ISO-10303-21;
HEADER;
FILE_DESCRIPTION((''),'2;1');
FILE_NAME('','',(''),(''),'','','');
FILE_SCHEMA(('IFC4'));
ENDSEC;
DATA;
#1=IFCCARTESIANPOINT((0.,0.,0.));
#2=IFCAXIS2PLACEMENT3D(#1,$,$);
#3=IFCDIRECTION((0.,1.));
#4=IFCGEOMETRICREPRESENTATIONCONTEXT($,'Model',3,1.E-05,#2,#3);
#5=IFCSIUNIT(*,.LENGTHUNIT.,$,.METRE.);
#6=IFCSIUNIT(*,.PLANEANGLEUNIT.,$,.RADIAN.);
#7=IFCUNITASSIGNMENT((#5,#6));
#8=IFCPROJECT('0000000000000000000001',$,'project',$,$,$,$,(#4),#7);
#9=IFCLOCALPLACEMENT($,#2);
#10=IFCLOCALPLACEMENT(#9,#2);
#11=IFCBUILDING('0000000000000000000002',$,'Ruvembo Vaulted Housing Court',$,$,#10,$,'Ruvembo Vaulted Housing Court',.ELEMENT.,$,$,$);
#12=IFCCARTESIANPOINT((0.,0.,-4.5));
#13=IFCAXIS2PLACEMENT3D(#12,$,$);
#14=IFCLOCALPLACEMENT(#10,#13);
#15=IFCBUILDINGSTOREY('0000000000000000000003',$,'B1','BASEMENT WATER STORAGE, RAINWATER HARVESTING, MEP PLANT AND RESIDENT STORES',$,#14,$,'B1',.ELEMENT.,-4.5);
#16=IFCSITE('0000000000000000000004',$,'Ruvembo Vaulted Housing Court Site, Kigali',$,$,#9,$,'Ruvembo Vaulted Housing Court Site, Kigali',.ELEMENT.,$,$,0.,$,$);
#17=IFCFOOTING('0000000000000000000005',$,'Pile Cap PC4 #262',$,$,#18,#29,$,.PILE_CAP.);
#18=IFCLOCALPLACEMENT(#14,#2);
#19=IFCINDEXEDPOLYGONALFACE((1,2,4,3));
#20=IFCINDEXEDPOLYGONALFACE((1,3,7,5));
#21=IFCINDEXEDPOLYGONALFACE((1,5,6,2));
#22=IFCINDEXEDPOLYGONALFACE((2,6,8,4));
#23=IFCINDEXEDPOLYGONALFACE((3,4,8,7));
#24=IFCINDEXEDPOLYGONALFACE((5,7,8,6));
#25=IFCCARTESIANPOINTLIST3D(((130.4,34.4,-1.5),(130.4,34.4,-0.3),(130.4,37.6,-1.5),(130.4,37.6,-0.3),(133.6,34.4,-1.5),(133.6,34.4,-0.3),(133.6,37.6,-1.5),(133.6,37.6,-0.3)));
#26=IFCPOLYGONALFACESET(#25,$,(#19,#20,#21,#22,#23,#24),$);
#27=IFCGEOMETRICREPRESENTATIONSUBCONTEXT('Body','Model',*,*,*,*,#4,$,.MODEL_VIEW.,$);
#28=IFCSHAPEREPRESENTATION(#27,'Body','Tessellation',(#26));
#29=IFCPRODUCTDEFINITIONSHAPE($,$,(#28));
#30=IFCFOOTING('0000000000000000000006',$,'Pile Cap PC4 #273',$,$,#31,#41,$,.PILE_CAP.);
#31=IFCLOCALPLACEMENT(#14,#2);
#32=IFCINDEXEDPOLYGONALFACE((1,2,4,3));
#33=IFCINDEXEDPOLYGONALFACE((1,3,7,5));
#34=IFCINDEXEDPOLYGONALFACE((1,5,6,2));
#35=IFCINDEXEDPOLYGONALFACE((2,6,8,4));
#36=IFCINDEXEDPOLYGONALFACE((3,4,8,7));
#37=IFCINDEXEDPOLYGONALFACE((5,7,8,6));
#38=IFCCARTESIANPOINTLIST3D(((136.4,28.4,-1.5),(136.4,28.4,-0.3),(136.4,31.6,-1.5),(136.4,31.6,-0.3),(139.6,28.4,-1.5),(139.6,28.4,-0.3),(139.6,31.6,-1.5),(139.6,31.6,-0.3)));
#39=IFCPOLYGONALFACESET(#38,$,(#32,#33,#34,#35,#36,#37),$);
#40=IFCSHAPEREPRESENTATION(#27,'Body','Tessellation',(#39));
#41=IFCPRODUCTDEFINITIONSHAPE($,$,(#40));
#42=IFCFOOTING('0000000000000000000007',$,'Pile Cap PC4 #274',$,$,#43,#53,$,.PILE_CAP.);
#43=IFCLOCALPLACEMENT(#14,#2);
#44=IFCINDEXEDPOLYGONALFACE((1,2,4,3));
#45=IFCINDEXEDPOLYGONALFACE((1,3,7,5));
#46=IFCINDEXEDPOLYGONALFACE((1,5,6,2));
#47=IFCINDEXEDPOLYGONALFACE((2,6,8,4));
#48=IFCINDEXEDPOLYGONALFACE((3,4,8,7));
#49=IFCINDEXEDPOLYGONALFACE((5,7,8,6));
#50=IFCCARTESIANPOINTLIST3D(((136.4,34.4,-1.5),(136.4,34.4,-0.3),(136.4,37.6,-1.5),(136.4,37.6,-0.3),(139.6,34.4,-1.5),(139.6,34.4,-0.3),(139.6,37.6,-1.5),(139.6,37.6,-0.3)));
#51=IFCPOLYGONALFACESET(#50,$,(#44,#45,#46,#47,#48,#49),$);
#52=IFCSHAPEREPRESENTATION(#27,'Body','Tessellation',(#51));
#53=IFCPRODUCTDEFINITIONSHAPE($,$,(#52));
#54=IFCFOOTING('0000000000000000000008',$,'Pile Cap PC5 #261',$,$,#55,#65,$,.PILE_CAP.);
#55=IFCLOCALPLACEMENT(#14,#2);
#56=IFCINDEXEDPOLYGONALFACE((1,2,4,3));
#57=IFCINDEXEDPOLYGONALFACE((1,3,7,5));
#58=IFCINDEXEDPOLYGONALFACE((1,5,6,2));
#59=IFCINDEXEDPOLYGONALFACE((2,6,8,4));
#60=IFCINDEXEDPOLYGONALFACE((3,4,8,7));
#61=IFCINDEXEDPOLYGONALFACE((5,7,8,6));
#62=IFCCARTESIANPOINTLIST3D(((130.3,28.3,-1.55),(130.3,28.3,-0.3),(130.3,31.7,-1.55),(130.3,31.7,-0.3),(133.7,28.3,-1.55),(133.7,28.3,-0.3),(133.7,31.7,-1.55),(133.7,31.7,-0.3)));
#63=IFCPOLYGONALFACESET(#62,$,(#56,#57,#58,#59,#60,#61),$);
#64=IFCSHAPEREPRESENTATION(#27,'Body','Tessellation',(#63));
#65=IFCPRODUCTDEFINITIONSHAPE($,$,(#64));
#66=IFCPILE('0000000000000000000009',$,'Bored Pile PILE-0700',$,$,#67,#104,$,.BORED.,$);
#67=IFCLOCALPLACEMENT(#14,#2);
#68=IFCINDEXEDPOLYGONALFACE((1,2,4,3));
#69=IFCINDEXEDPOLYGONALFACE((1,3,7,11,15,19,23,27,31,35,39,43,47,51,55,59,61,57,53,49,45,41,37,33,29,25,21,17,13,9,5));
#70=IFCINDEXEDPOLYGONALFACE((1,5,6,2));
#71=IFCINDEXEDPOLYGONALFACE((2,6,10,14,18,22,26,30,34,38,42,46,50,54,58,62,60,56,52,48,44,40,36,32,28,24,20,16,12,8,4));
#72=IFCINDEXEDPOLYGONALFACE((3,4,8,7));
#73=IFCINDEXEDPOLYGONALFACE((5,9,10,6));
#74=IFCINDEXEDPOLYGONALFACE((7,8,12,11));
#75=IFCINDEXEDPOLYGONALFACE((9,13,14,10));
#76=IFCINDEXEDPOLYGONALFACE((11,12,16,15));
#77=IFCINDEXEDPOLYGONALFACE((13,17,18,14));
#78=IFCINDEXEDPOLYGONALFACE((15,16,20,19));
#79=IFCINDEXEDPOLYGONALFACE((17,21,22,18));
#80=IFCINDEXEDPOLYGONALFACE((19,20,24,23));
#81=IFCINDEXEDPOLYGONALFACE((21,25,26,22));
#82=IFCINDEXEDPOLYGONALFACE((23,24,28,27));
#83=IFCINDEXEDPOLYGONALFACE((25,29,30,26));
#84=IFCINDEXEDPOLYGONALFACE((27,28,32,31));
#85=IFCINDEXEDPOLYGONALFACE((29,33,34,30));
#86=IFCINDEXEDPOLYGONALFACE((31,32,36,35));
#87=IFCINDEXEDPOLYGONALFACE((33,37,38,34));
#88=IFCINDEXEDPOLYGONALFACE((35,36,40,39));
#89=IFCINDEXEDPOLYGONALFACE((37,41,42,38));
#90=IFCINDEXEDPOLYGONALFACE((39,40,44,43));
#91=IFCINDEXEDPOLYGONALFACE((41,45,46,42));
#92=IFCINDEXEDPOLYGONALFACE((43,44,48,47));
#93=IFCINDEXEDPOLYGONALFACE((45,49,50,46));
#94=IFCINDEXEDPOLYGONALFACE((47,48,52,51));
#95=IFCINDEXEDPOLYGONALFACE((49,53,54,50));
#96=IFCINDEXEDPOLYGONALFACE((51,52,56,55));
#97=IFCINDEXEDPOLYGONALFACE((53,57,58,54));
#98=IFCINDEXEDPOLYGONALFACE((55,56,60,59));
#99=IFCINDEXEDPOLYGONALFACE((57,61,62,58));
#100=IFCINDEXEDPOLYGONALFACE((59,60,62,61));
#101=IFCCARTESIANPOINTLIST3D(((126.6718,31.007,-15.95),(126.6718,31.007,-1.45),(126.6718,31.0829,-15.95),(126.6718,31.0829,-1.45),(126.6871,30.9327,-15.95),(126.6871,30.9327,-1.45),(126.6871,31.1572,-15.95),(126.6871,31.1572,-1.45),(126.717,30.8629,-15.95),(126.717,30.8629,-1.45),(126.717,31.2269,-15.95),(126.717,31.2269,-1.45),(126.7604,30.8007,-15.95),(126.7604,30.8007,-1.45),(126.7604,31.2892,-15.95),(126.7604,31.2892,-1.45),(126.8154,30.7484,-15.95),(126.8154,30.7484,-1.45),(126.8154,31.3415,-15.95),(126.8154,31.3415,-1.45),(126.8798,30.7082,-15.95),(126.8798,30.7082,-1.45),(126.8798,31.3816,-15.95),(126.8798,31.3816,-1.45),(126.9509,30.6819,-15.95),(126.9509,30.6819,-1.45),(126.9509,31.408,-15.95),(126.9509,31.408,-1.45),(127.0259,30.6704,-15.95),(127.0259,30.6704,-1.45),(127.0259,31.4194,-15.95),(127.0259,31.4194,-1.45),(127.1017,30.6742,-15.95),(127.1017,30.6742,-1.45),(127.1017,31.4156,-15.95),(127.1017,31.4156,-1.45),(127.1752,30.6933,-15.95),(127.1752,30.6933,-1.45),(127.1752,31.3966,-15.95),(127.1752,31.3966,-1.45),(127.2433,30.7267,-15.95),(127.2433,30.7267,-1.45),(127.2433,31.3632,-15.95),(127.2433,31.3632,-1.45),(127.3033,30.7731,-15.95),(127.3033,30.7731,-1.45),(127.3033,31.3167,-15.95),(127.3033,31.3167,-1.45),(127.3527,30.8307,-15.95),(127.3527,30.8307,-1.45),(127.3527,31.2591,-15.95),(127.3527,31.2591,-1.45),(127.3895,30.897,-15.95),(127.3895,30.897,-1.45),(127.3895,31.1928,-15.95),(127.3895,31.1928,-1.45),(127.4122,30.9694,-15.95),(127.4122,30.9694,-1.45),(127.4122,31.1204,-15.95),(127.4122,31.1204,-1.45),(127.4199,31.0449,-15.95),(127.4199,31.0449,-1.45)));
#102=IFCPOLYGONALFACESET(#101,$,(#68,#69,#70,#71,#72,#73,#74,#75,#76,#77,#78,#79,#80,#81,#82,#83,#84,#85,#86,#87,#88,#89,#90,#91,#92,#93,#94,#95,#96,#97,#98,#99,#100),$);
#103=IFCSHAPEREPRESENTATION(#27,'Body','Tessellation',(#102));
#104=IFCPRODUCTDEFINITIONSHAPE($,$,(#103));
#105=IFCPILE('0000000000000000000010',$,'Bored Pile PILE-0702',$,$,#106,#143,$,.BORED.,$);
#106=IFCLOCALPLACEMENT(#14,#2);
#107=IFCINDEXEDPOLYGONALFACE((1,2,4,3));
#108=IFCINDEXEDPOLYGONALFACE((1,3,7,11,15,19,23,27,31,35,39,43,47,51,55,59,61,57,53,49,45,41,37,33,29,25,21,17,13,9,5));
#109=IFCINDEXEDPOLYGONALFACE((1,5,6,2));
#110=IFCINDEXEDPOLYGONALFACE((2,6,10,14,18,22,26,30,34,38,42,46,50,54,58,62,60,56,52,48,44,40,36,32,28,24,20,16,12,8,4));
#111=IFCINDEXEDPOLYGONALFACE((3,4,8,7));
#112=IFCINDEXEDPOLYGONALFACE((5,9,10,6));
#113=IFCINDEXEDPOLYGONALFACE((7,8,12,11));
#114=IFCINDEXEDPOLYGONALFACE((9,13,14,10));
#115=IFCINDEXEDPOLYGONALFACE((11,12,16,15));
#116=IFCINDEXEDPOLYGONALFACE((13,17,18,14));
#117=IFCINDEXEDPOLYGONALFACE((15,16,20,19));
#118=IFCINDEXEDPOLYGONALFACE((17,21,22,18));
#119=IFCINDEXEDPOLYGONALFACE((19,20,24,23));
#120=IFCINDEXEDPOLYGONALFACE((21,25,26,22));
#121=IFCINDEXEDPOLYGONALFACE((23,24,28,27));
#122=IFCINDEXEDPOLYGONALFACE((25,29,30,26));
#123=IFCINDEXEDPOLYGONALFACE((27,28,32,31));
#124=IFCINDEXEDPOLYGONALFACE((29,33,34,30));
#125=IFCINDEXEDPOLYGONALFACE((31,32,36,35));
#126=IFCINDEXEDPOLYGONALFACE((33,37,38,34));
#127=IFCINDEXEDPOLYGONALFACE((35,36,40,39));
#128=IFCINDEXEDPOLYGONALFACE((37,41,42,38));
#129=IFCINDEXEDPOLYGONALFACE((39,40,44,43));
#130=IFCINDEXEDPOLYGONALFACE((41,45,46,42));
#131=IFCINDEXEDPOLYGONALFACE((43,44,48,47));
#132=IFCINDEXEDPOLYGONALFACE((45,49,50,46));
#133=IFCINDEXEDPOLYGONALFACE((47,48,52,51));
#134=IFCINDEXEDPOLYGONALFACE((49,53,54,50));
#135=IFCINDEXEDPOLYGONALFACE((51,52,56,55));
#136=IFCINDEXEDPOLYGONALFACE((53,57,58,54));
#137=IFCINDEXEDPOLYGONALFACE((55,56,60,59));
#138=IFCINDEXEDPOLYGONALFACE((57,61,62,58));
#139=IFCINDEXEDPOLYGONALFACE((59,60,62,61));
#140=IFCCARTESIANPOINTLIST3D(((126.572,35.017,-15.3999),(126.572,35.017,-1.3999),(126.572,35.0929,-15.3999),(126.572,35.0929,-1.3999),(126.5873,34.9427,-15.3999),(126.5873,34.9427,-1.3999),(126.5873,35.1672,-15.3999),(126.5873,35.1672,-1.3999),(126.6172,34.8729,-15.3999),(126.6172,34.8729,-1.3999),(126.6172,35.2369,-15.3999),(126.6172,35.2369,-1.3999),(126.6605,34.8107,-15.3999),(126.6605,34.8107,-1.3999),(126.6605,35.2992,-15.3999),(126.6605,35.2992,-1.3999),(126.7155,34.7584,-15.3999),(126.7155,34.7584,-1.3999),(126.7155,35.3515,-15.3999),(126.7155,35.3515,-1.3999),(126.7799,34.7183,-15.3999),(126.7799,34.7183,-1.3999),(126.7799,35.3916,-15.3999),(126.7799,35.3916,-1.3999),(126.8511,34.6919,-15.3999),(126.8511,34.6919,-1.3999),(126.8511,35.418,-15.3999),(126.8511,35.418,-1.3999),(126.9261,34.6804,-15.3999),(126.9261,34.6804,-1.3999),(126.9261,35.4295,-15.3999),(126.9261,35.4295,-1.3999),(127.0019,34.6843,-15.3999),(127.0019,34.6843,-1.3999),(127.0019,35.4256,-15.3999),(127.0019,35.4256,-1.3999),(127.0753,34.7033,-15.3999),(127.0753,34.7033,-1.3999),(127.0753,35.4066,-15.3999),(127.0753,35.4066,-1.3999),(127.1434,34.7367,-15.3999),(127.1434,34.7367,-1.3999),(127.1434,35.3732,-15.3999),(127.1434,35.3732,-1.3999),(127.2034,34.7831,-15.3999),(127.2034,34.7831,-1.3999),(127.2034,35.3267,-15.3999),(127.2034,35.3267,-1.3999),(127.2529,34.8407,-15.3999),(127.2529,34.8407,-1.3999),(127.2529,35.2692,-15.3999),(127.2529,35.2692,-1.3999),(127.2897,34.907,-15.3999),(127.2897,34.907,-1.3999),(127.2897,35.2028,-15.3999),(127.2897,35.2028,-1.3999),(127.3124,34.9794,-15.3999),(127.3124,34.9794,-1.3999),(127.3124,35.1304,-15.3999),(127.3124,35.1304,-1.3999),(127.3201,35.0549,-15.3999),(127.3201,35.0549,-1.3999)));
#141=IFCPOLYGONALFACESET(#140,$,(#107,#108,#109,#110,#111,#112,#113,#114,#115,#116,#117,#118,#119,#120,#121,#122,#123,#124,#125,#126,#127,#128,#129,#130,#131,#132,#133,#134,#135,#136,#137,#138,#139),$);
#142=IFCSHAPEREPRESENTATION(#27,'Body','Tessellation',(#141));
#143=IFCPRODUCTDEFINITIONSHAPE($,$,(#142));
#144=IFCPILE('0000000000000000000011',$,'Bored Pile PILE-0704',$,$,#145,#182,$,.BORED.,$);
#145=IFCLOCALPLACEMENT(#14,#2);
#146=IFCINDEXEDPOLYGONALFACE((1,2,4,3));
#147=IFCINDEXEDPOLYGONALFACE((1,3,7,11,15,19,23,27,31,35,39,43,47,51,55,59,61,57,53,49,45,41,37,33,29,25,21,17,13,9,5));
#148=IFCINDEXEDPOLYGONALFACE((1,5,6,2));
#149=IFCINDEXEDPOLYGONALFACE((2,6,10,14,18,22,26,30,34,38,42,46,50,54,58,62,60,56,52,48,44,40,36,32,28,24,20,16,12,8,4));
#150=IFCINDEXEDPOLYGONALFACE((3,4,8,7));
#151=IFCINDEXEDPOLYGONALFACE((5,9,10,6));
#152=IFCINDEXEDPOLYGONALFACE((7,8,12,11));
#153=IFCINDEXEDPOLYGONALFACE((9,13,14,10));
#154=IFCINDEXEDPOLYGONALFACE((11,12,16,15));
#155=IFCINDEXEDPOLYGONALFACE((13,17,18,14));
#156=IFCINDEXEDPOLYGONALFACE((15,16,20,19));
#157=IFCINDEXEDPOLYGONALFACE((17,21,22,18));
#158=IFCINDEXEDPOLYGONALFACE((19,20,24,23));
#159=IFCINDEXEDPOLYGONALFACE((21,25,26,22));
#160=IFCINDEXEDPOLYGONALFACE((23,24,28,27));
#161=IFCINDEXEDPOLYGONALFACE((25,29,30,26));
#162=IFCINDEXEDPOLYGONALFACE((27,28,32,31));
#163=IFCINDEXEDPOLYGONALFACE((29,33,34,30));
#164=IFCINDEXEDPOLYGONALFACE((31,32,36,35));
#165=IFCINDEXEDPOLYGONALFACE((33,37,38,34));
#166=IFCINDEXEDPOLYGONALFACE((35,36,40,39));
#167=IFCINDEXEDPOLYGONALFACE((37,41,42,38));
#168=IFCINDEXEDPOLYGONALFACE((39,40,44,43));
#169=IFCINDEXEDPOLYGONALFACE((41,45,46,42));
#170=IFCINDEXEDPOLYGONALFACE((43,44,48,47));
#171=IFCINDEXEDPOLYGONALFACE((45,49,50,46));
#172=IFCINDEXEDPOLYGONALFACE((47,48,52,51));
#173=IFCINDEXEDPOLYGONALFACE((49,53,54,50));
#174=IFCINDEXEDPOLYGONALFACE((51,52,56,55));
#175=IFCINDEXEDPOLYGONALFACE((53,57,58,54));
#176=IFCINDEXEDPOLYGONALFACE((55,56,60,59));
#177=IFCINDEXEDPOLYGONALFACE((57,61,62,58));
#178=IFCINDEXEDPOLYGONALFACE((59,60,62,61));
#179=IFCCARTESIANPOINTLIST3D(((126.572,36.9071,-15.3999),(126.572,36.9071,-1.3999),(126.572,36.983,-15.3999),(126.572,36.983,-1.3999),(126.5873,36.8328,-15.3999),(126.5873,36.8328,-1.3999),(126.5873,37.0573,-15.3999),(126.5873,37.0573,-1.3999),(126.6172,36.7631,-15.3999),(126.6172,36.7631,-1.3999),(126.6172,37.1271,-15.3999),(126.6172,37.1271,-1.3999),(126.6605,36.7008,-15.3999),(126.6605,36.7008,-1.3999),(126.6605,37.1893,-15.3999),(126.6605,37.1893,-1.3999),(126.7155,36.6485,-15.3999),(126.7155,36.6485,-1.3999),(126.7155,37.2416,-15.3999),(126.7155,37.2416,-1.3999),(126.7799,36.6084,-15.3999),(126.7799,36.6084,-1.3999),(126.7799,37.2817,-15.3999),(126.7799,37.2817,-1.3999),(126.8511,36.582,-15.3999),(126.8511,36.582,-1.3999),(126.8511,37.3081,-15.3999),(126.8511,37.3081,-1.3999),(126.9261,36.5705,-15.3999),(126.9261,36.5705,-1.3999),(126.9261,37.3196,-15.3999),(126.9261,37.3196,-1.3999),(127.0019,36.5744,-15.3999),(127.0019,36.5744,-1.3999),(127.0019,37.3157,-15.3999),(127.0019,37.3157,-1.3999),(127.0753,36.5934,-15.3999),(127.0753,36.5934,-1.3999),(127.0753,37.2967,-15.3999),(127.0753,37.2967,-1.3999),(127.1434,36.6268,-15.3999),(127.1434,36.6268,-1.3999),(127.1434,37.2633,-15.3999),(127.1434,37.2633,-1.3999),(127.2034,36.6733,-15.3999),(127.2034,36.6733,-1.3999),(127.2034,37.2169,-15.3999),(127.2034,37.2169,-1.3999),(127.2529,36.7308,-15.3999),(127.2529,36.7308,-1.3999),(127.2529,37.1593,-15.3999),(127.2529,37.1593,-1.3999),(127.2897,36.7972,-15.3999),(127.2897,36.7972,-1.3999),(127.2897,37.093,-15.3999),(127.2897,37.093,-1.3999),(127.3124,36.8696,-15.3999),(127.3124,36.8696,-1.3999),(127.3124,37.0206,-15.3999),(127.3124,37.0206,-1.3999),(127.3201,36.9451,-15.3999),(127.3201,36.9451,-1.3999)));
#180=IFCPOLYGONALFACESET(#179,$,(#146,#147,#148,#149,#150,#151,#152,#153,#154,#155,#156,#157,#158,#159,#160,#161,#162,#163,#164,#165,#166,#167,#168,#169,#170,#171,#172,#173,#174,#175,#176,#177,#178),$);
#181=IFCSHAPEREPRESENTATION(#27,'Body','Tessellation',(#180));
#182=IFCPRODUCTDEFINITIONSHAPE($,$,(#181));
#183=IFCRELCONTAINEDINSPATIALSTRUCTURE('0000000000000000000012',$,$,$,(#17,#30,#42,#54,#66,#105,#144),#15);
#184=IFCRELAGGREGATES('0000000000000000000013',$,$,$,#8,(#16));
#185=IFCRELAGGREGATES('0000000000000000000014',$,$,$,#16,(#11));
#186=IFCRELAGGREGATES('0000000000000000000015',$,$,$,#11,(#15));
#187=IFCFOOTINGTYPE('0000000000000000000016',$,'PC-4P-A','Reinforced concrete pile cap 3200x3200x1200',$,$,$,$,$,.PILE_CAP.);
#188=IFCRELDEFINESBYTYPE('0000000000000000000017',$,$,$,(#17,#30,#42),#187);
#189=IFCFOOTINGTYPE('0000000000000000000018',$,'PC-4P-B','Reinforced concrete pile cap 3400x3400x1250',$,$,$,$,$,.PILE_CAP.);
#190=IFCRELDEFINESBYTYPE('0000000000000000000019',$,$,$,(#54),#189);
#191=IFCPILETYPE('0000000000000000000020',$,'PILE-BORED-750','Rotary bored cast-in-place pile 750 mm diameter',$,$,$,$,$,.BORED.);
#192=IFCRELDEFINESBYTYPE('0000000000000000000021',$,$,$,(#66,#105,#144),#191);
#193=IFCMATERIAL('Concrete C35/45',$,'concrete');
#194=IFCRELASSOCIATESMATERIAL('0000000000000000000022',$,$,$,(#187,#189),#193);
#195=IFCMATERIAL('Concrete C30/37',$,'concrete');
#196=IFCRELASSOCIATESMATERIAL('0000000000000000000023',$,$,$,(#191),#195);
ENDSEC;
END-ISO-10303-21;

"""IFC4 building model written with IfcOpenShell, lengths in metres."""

from ifc_helpers import new_model, si_unit, direction, frame, origin, origin_2d, place, context, subcontext, project, spatial, rectangle, circle, extrude, material, material_profile, profile_set, type_object, element, save


model = new_model("IFC4")

# Units and contexts
model_context = context("Model", 3, precision=1e-05, world=origin(), true_north=direction((0.0, 1.0)))
body_context = subcontext(model_context, "Body", "Model", "MODEL_VIEW")
ifc_project = project(units=[si_unit("LENGTHUNIT", "METRE"), si_unit("PLANEANGLEUNIT", "RADIAN")], contexts=[model_context])

# Site, building, storey
site_placement = place(None, origin())
site = spatial("IfcSite", under=ifc_project, at=site_placement, Name="Ruvembo Vaulted Housing Court Site, Kigali", LongName="Ruvembo Vaulted Housing Court Site, Kigali", CompositionType="ELEMENT", RefElevation=0.0)
building_placement = place(site_placement, origin())
building = spatial("IfcBuilding", under=site, at=building_placement, Name="Ruvembo Vaulted Housing Court", LongName="Ruvembo Vaulted Housing Court", CompositionType="ELEMENT")
storey_placement = place(building_placement, frame((0.0, 0.0, -4.5)))
storey = spatial("IfcBuildingStorey", under=building, at=storey_placement, Name="B1", Description="BASEMENT WATER STORAGE, RAINWATER HARVESTING, MEP PLANT AND RESIDENT STORES", LongName="B1", CompositionType="ELEMENT", Elevation=-4.5)

# Footings
ifc_material_1 = material(Name="Concrete C35/45", Category="concrete")
footing_type_1 = type_object("IfcFootingType", Name="PC-4P-A", Description="Reinforced concrete pile cap 3200x3200x1200", PredefinedType="PILE_CAP", material=ifc_material_1)
for number, where, z_axis, x_axis, name in (
    (1, (132.0, 36.0, -1.5), (0.0, 0.0, 1.0), (1.0, 0.0, 0.0), "Pile Cap PC4 #262"),
    (2, (138.0, 30.0, -1.5), (0.0, 0.0, 1.0), (1.0, 0.0, 0.0), "Pile Cap PC4 #273"),
    (3, (138.0, 36.0, -1.5), (0.0, 0.0, 1.0), (1.0, 0.0, 0.0), "Pile Cap PC4 #274"),
):
    element("IfcFooting", number, at=place(storey_placement, frame(where, z_axis=z_axis, x_axis=x_axis)), inside=storey, type_object=footing_type_1, Name=name, PredefinedType="PILE_CAP", context=body_context, shape_type="SweptSolid", body=[
        extrude(rectangle(XDim=3.2, YDim=3.2, at=origin_2d()), origin(), (0.0, 0.0, 1.0), 1.2),
    ])
footing_type_2 = type_object("IfcFootingType", Name="PC-4P-B", Description="Reinforced concrete pile cap 3400x3400x1250", PredefinedType="PILE_CAP", material=ifc_material_1)
footing_placement = place(storey_placement, frame((132.0, 30.0, -1.55), z_axis=(0.0, 0.0, 1.0), x_axis=(1.0, 0.0, 0.0)))
element("IfcFooting", 4, at=footing_placement, inside=storey, type_object=footing_type_2, Name="Pile Cap PC5 #261", PredefinedType="PILE_CAP", context=body_context, shape_type="SweptSolid", body=[
    extrude(rectangle(XDim=3.3999, YDim=3.3999, at=origin_2d()), origin(), (0.0, 0.0, 1.0), 1.25),
])

# Piles
ifc_material_2 = material(Name="Concrete C30/37", Category="concrete")
ifc_material_profile_1 = material_profile(ifc_material_2, circle(Radius=0.375, at=origin_2d()), Name="PILE D750")
ifc_profile_set_1 = profile_set([ifc_material_profile_1], Name="Concrete C30/37")
pile_type = type_object("IfcPileType", Name="PILE-BORED-750", Description="Rotary bored cast-in-place pile 750 mm diameter", PredefinedType="BORED", material=ifc_profile_set_1)
pile_placement = place(storey_placement, frame((127.0449, 31.0449, -1.45), z_axis=(0.0, 0.0, -1.0), x_axis=(1.0, 0.0, 0.0)))
element("IfcPile", 5, at=pile_placement, inside=storey, type_object=pile_type, Name="Bored Pile PILE-0700", PredefinedType="BORED", context=body_context, shape_type="SweptSolid", body=[
    extrude(circle(Radius=0.375, at=origin_2d()), origin(), (0.0, 0.0, 1.0), 14.5),
])
for number, where, z_axis, x_axis, name in (
    (6, (126.9451, 35.0549, -1.3999), (0.0, 0.0, -1.0), (1.0, 0.0, 0.0), "Bored Pile PILE-0702"),
    (7, (126.9451, 36.9451, -1.3999), (0.0, 0.0, -1.0), (1.0, 0.0, 0.0), "Bored Pile PILE-0704"),
):
    element("IfcPile", number, at=place(storey_placement, frame(where, z_axis=z_axis, x_axis=x_axis)), inside=storey, type_object=pile_type, Name=name, PredefinedType="BORED", context=body_context, shape_type="SweptSolid", body=[
        extrude(circle(Radius=0.375, at=origin_2d()), origin(), (0.0, 0.0, 1.0), 14.0),
    ])

save(model, "model.ifc")
